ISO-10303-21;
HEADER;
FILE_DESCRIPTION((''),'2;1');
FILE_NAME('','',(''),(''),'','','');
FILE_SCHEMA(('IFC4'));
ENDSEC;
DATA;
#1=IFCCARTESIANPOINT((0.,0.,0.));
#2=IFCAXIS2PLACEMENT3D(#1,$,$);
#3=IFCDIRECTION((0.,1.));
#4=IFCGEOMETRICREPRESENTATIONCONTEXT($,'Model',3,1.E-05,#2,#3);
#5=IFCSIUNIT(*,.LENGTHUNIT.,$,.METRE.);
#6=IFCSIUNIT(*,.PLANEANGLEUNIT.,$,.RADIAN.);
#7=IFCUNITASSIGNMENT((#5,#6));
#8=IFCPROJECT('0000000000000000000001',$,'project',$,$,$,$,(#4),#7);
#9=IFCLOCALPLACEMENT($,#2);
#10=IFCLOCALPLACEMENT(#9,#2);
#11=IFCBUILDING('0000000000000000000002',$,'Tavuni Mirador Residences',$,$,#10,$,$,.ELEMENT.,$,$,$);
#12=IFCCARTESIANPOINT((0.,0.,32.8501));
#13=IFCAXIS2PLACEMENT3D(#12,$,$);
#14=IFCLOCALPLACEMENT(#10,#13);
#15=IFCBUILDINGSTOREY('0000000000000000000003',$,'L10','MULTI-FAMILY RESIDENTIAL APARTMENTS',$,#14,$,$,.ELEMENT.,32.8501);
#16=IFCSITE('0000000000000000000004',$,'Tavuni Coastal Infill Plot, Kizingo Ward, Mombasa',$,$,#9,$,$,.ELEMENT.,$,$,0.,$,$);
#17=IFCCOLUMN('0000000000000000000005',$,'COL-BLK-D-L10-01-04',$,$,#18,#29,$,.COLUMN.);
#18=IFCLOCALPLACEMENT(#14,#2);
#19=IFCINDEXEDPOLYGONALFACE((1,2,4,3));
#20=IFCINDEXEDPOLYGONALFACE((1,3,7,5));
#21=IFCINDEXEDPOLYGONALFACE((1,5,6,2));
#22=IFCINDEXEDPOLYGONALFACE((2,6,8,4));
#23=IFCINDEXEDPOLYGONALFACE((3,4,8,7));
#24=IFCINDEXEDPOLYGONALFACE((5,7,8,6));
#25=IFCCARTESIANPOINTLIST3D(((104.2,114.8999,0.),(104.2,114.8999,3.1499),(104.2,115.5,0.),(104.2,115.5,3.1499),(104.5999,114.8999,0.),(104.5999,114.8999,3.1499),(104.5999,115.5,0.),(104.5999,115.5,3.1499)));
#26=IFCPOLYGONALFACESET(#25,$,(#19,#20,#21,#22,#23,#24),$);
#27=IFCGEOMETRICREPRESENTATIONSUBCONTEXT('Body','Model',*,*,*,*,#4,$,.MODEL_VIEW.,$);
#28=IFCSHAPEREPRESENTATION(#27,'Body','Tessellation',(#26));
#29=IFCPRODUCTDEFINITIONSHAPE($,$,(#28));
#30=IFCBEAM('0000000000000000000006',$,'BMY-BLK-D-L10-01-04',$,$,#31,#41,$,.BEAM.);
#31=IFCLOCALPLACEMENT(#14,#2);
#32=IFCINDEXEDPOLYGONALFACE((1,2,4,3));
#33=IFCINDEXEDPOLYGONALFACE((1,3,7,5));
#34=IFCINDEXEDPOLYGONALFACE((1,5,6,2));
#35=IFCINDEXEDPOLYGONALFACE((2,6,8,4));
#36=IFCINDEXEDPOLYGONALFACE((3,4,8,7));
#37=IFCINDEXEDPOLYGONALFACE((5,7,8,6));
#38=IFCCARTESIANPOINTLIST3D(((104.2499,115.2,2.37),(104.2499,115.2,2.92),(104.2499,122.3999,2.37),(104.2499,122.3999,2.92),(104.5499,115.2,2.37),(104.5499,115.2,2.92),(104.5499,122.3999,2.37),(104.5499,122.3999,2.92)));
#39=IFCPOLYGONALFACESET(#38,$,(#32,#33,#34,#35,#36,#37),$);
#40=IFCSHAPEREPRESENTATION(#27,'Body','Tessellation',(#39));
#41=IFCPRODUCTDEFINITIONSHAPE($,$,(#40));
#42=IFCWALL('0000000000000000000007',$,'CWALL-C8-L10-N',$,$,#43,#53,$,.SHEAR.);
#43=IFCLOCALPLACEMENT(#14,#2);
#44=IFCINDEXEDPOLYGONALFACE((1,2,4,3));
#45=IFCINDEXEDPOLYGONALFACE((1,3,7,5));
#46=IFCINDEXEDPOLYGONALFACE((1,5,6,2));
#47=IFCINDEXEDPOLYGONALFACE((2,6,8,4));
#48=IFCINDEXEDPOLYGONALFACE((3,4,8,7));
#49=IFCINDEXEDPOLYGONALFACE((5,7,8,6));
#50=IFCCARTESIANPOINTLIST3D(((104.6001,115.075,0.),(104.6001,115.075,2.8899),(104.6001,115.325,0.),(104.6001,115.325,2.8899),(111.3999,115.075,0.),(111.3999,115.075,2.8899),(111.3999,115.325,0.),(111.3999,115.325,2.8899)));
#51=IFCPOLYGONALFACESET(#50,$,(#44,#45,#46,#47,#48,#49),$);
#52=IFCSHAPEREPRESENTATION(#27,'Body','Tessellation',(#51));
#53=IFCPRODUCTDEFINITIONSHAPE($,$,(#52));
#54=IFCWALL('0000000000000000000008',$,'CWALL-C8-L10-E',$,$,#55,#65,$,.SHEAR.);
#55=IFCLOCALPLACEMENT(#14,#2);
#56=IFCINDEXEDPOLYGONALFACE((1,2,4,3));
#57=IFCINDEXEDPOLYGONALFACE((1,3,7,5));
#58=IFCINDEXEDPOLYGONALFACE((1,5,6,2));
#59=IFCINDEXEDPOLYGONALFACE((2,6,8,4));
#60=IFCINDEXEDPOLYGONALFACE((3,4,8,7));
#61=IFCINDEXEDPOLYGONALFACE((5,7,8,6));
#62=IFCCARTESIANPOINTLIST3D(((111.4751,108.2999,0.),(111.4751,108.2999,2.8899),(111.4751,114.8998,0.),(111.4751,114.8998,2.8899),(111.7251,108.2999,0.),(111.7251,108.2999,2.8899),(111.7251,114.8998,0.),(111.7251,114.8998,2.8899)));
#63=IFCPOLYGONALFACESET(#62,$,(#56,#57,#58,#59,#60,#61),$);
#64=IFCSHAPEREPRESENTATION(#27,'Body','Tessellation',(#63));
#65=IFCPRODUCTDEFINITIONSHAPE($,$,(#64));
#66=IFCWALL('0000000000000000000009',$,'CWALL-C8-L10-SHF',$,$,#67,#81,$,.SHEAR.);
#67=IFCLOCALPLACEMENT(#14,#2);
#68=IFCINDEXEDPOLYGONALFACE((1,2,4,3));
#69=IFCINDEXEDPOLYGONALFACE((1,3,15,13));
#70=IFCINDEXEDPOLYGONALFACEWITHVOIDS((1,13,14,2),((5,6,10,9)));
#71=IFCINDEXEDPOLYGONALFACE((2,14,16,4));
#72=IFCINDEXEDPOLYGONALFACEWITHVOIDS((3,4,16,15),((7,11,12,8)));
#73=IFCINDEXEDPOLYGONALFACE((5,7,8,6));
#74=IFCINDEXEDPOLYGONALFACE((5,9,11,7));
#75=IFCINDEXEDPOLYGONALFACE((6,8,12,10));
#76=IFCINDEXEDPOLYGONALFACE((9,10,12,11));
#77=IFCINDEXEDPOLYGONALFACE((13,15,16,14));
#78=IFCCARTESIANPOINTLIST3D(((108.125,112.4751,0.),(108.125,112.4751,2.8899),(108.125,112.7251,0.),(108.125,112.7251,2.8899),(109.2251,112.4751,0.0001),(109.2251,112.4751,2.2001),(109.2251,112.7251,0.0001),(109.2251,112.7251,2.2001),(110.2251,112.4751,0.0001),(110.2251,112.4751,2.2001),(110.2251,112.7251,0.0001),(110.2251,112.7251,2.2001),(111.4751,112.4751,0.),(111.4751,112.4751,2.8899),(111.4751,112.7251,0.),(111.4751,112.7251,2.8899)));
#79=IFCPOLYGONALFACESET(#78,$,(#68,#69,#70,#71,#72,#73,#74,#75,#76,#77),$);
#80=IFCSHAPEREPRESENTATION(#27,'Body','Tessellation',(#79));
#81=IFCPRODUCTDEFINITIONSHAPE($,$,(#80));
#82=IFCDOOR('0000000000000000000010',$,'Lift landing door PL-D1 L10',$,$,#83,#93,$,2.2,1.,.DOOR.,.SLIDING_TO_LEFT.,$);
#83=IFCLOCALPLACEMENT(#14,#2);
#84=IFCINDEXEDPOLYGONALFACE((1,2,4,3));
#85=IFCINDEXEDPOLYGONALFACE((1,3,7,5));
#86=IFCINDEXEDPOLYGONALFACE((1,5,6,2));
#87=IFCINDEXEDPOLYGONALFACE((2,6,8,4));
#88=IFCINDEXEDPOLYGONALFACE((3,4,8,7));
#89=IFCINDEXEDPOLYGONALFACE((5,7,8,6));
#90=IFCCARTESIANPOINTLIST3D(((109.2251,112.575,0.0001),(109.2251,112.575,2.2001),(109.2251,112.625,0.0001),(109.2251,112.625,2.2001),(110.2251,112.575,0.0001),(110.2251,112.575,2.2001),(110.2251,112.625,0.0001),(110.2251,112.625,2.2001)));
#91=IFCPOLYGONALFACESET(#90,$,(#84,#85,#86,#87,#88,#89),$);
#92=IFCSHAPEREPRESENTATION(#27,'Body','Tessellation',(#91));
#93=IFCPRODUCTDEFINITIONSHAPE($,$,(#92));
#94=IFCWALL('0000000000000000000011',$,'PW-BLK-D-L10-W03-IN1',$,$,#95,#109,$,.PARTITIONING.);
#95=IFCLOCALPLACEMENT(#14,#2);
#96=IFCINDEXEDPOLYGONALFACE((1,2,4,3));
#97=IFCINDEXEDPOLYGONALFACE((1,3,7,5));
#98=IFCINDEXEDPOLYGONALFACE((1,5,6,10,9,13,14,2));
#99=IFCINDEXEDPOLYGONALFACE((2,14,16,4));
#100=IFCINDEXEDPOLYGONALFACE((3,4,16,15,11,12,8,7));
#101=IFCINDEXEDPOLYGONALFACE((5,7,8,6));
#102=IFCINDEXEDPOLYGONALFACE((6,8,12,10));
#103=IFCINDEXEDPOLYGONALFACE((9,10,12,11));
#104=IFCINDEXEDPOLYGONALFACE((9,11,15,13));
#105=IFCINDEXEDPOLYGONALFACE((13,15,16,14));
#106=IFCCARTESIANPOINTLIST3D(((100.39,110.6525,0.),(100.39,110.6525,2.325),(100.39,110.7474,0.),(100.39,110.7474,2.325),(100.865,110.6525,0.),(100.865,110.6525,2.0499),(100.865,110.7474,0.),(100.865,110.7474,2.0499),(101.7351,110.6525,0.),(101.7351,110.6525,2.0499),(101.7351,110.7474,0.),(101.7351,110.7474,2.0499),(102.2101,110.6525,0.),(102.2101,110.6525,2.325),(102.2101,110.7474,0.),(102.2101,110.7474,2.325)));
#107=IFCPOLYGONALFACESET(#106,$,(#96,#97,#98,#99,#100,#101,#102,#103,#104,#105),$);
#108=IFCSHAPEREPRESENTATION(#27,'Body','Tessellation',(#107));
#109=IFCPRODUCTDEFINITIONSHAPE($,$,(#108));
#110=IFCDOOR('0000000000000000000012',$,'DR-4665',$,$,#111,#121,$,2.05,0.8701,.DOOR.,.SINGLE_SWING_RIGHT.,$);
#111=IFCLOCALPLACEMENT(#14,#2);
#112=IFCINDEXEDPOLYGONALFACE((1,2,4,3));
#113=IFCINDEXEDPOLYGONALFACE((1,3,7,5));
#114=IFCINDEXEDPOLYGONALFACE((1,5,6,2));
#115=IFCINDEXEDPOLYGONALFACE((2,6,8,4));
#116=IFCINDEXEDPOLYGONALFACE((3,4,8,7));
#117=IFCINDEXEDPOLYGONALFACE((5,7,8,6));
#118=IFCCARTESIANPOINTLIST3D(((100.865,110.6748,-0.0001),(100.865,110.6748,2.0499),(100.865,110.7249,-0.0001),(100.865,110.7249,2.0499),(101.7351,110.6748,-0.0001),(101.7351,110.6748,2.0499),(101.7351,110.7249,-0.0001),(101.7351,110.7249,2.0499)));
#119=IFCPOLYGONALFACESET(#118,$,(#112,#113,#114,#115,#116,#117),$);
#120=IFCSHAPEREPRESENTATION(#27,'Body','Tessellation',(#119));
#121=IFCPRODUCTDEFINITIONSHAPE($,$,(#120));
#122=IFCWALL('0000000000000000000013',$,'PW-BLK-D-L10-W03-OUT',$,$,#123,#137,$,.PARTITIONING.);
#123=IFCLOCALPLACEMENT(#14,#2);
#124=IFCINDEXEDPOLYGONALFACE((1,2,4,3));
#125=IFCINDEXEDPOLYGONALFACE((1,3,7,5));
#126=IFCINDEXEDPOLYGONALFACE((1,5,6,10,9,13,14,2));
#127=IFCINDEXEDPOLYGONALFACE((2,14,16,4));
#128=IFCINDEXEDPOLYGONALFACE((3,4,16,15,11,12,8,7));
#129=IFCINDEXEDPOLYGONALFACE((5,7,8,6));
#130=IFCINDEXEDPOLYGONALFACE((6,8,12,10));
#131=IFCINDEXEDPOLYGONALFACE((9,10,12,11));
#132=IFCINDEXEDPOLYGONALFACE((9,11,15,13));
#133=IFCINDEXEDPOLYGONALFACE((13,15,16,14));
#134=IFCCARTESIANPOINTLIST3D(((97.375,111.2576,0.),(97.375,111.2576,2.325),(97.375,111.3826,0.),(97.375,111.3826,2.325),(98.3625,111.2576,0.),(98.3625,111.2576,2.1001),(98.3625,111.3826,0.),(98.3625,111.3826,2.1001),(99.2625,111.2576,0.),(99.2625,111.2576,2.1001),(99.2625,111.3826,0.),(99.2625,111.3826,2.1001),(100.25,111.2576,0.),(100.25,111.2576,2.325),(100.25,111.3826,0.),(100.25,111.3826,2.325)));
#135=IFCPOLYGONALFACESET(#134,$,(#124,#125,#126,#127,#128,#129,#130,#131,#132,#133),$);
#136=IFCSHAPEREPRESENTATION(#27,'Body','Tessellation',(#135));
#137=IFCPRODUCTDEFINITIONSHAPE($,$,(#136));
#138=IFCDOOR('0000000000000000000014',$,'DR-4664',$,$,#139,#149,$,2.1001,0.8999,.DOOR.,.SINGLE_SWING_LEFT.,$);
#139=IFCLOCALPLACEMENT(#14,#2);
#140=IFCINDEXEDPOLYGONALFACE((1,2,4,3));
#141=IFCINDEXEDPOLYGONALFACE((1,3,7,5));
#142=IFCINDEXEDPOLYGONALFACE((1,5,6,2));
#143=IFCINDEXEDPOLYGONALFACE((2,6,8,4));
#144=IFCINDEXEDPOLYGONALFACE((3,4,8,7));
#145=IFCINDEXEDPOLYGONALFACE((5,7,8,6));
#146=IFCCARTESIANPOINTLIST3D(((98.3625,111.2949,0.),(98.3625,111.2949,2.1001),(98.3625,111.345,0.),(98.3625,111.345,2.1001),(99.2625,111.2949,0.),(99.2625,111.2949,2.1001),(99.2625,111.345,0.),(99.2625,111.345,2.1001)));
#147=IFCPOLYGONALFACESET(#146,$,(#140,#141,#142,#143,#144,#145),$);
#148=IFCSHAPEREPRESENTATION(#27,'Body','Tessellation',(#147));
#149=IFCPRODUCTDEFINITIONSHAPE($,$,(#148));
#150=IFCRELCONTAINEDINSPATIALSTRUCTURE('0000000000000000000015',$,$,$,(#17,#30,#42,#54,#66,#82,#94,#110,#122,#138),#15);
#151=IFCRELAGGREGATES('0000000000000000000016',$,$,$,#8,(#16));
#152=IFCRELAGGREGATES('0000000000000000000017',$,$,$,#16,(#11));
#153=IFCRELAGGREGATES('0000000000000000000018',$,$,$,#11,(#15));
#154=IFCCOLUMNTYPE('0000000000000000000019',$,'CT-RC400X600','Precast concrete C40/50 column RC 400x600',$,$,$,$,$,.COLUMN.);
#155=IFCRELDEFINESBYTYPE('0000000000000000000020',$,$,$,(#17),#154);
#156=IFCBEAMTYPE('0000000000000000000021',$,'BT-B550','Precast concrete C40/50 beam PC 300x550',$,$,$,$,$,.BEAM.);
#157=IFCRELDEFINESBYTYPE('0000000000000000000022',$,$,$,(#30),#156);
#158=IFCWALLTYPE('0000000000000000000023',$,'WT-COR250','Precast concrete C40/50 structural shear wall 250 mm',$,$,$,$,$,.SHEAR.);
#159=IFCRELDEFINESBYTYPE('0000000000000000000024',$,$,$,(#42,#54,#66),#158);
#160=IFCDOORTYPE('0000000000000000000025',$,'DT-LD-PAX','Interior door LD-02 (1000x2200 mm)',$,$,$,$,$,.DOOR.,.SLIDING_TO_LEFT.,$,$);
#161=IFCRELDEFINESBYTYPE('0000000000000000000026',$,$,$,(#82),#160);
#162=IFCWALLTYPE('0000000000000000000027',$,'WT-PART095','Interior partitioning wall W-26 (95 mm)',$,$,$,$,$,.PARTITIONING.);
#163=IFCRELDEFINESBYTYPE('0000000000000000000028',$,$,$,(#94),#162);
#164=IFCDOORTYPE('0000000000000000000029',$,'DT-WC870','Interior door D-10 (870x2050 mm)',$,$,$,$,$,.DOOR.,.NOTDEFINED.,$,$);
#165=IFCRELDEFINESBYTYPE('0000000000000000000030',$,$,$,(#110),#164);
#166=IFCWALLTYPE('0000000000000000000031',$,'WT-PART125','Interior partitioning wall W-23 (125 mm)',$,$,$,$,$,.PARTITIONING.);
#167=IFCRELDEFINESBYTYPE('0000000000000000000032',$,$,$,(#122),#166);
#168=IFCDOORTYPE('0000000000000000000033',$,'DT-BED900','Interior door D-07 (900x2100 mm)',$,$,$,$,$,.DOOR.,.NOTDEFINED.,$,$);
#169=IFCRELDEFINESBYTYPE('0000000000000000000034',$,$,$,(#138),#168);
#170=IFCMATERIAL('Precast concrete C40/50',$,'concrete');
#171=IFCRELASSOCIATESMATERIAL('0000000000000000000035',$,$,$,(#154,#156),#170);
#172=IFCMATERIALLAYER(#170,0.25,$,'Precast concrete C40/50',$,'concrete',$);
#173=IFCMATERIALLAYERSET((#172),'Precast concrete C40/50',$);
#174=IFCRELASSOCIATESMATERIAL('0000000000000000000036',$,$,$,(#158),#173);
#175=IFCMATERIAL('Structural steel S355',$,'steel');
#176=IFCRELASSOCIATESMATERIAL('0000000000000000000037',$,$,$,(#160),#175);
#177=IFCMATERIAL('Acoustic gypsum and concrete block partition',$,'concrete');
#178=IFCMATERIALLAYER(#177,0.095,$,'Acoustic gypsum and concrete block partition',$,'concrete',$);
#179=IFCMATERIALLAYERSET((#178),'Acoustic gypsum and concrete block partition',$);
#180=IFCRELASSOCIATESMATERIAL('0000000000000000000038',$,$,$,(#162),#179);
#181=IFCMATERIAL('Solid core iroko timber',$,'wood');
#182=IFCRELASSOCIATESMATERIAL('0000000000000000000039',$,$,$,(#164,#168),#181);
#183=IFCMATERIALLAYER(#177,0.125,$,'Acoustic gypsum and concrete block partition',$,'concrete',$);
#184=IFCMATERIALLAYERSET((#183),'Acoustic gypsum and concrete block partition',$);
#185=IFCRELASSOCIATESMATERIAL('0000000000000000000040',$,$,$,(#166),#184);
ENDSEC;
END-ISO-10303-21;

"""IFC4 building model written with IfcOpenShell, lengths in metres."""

from ifc_helpers import new_model, si_unit, direction, frame, frame_2d, origin, origin_2d, place, context, subcontext, project, spatial, rectangle, extrude, material, layer, layer_set, material_profile, profile_set, type_object, element, fill, save


model = new_model("IFC4")

# Units and contexts
model_context = context("Model", 3, precision=1e-05, world=origin(), true_north=direction((0.0, 1.0)))
body_context = subcontext(model_context, "Body", "Model", "MODEL_VIEW")
ifc_project = project(units=[si_unit("LENGTHUNIT", "METRE"), si_unit("PLANEANGLEUNIT", "RADIAN")], contexts=[model_context])

# Site, building, storey
site_placement = place(None, origin())
site = spatial("IfcSite", under=ifc_project, at=site_placement, Name="Tavuni Coastal Infill Plot, Kizingo Ward, Mombasa", CompositionType="ELEMENT", RefElevation=0.0)
building_placement = place(site_placement, origin())
building = spatial("IfcBuilding", under=site, at=building_placement, Name="Tavuni Mirador Residences", CompositionType="ELEMENT")
storey_placement = place(building_placement, frame((0.0, 0.0, 32.8501)))
storey = spatial("IfcBuildingStorey", under=building, at=storey_placement, Name="L10", Description="MULTI-FAMILY RESIDENTIAL APARTMENTS", CompositionType="ELEMENT", Elevation=32.8501)

# Column
ifc_material_1 = material(Name="Precast concrete C40/50", Category="concrete")
ifc_material_profile_1 = material_profile(ifc_material_1, rectangle(XDim=0.3999, YDim=0.6001, at=origin_2d()), Name="RC 400x600", Category="concrete")
ifc_profile_set_1 = profile_set([ifc_material_profile_1], Name="Precast concrete C40/50")
column_type = type_object("IfcColumnType", Name="CT-RC400X600", Description="Precast concrete C40/50 column RC 400x600", PredefinedType="COLUMN", material=ifc_profile_set_1)
column_placement = place(storey_placement, frame((104.3999, 115.2, 0.0), z_axis=(0.0, 0.0, 1.0), x_axis=(1.0, 0.0, 0.0)))
element("IfcColumn", 1, at=column_placement, inside=storey, type_object=column_type, Name="COL-BLK-D-L10-01-04", PredefinedType="COLUMN", context=body_context, shape_type="SweptSolid", body=[
    extrude(rectangle(XDim=0.3999, YDim=0.6001, at=origin_2d()), origin(), (0.0, 0.0, 1.0), 3.1499),
])

# Beam
ifc_material_profile_2 = material_profile(ifc_material_1, rectangle(XDim=0.3, YDim=0.55, at=origin_2d()), Name="PC 300x550", Category="concrete")
ifc_profile_set_2 = profile_set([ifc_material_profile_2], Name="Precast concrete C40/50")
beam_type = type_object("IfcBeamType", Name="BT-B550", Description="Precast concrete C40/50 beam PC 300x550", PredefinedType="BEAM", material=ifc_profile_set_2)
beam_placement = place(storey_placement, frame((104.3999, 115.2, 2.645), z_axis=(0.0, 1.0, 0.0), x_axis=(-1.0, 0.0, 0.0)))
element("IfcBeam", 2, at=beam_placement, inside=storey, type_object=beam_type, Name="BMY-BLK-D-L10-01-04", PredefinedType="BEAM", context=body_context, shape_type="SweptSolid", body=[
    extrude(rectangle(XDim=0.3, YDim=0.55, at=origin_2d()), origin(), (0.0, 0.0, 1.0), 7.2),
])

# Shared definitions
ifc_layer_1 = layer(ifc_material_1, 0.25, Name="Precast concrete C40/50", Category="concrete")
ifc_layer_set_1 = layer_set([ifc_layer_1], Name="Precast concrete C40/50")
wall_type_1 = type_object("IfcWallType", Name="WT-COR250", Description="Precast concrete C40/50 structural shear wall 250 mm", PredefinedType="SHEAR", material=ifc_layer_set_1)
ifc_material_2 = material(Name="Solid core iroko timber", Category="wood")

# Walls
wall_1_placement = place(storey_placement, frame((104.6001, 115.2, 0.0), z_axis=(0.0, 0.0, 1.0), x_axis=(1.0, 0.0, 0.0)))
element("IfcWall", 3, at=wall_1_placement, inside=storey, type_object=wall_type_1, Name="CWALL-C8-L10-N", PredefinedType="SHEAR", context=body_context, shape_type="SweptSolid", body=[
    extrude(rectangle(XDim=6.7998, YDim=0.25, at=frame_2d((3.3999, 0.0))), origin(), (0.0, 0.0, 1.0), 2.8899),
])
wall_2_placement = place(storey_placement, frame((111.6001, 108.3, 0.0), z_axis=(0.0, 0.0, 1.0), x_axis=(0.0, 1.0, 0.0)))
element("IfcWall", 4, at=wall_2_placement, inside=storey, type_object=wall_type_1, Name="CWALL-C8-L10-E", PredefinedType="SHEAR", context=body_context, shape_type="SweptSolid", body=[
    extrude(rectangle(XDim=6.5999, YDim=0.25, at=frame_2d((3.2998, 0.0))), origin(), (0.0, 0.0, 1.0), 2.8899),
])

# Walls, openings, doors
wall_3_placement = place(storey_placement, frame((108.125, 112.6001, 0.0), z_axis=(0.0, 0.0, 1.0), x_axis=(1.0, 0.0, 0.0)))
wall_3 = element("IfcWall", 5, at=wall_3_placement, inside=storey, type_object=wall_type_1, Name="CWALL-C8-L10-SHF", PredefinedType="SHEAR", context=body_context, shape_type="SweptSolid", body=[
    extrude(rectangle(XDim=3.3501, YDim=0.25, at=frame_2d((1.675, 0.0))), origin(), (0.0, 0.0, 1.0), 2.8899),
])
opening_1_placement = place(wall_3_placement, frame((1.1001, 0.0, 0.0)))
opening_1 = element("IfcOpeningElement", 6, at=opening_1_placement, cuts=wall_3, PredefinedType="OPENING", context=body_context, shape_type="SweptSolid", body=[
    extrude(rectangle(XDim=1.0, YDim=2.2, at=frame_2d((0.5, 1.1001))), frame((0.0, 0.135, 0.0), z_axis=(0.0, -1.0, 0.0), x_axis=(1.0, 0.0, 0.0)), (0.0, 0.0, 1.0), 0.27),
])
ifc_material_3 = material(Name="Structural steel S355", Category="steel")
door_type_1 = type_object("IfcDoorType", Name="DT-LD-PAX", Description="Interior door LD-02 (1000x2200 mm)", OperationType="SLIDING_TO_LEFT", PredefinedType="DOOR", material=ifc_material_3)
door_1_placement = place(opening_1_placement, origin())
door_1 = element("IfcDoor", 7, at=door_1_placement, inside=storey, type_object=door_type_1, Name="Lift landing door PL-D1 L10", OperationType="SLIDING_TO_LEFT", OverallHeight=2.2, OverallWidth=1.0, PredefinedType="DOOR", context=body_context, shape_type="SweptSolid", body=[
    extrude(rectangle(XDim=1.0, YDim=2.2, at=frame_2d((0.5, 1.1001))), frame((0.0, 0.0249, 0.0), z_axis=(0.0, -1.0, 0.0), x_axis=(1.0, 0.0, 0.0)), (0.0, 0.0, 1.0), 0.05),
])
fill(opening_1, door_1)
ifc_material_4 = material(Name="Acoustic gypsum and concrete block partition", Category="concrete")
ifc_layer_2 = layer(ifc_material_4, 0.095, Name="Acoustic gypsum and concrete block partition", Category="concrete")
ifc_layer_set_2 = layer_set([ifc_layer_2], Name="Acoustic gypsum and concrete block partition")
wall_type_2 = type_object("IfcWallType", Name="WT-PART095", Description="Interior partitioning wall W-26 (95 mm)", PredefinedType="PARTITIONING", material=ifc_layer_set_2)
wall_4_placement = place(storey_placement, frame((100.3899, 110.7, 0.0), z_axis=(0.0, 0.0, 1.0), x_axis=(1.0, 0.0, 0.0)))
wall_4 = element("IfcWall", 8, at=wall_4_placement, inside=storey, type_object=wall_type_2, Name="PW-BLK-D-L10-W03-IN1", PredefinedType="PARTITIONING", context=body_context, shape_type="SweptSolid", body=[
    extrude(rectangle(XDim=1.8201, YDim=0.095, at=frame_2d((0.9102, 0.0))), origin(), (0.0, 0.0, 1.0), 2.325),
])
opening_2_placement = place(wall_4_placement, frame((0.4751, 0.0, 0.0)))
opening_2 = element("IfcOpeningElement", 9, at=opening_2_placement, cuts=wall_4, PredefinedType="OPENING", context=body_context, shape_type="SweptSolid", body=[
    extrude(rectangle(XDim=0.8701, YDim=2.05, at=frame_2d((0.4351, 1.0249))), frame((0.0, 0.0576, 0.0), z_axis=(0.0, -1.0, 0.0), x_axis=(1.0, 0.0, 0.0)), (0.0, 0.0, 1.0), 0.115),
])
door_type_2 = type_object("IfcDoorType", Name="DT-WC870", Description="Interior door D-10 (870x2050 mm)", OperationType="NOTDEFINED", PredefinedType="DOOR", material=ifc_material_2)
door_2_placement = place(opening_2_placement, origin())
door_2 = element("IfcDoor", 10, at=door_2_placement, inside=storey, type_object=door_type_2, Name="DR-4665", OperationType="SINGLE_SWING_RIGHT", OverallHeight=2.05, OverallWidth=0.8701, PredefinedType="DOOR", context=body_context, shape_type="SweptSolid", body=[
    extrude(rectangle(XDim=0.8701, YDim=2.05, at=frame_2d((0.4351, 1.0249))), frame((0.0, 0.0249, 0.0), z_axis=(0.0, -1.0, 0.0), x_axis=(1.0, 0.0, 0.0)), (0.0, 0.0, 1.0), 0.05),
])
fill(opening_2, door_2)
ifc_layer_3 = layer(ifc_material_4, 0.125, Name="Acoustic gypsum and concrete block partition", Category="concrete")
ifc_layer_set_3 = layer_set([ifc_layer_3], Name="Acoustic gypsum and concrete block partition")
wall_type_3 = type_object("IfcWallType", Name="WT-PART125", Description="Interior partitioning wall W-23 (125 mm)", PredefinedType="PARTITIONING", material=ifc_layer_set_3)
wall_5_placement = place(storey_placement, frame((97.375, 111.3201, 0.0), z_axis=(0.0, 0.0, 1.0), x_axis=(1.0, 0.0, 0.0)))
wall_5 = element("IfcWall", 11, at=wall_5_placement, inside=storey, type_object=wall_type_3, Name="PW-BLK-D-L10-W03-OUT", PredefinedType="PARTITIONING", context=body_context, shape_type="SweptSolid", body=[
    extrude(rectangle(XDim=2.875, YDim=0.125, at=frame_2d((1.4375, 0.0))), origin(), (0.0, 0.0, 1.0), 2.325),
])
opening_3_placement = place(wall_5_placement, frame((0.9875, 0.0, 0.0)))
opening_3 = element("IfcOpeningElement", 12, at=opening_3_placement, cuts=wall_5, PredefinedType="OPENING", context=body_context, shape_type="SweptSolid", body=[
    extrude(rectangle(XDim=0.8999, YDim=2.1001, at=frame_2d((0.45, 1.05))), frame((0.0, 0.0725, 0.0), z_axis=(0.0, -1.0, 0.0), x_axis=(1.0, 0.0, 0.0)), (0.0, 0.0, 1.0), 0.145),
])
door_type_3 = type_object("IfcDoorType", Name="DT-BED900", Description="Interior door D-07 (900x2100 mm)", OperationType="NOTDEFINED", PredefinedType="DOOR", material=ifc_material_2)
door_3_placement = place(opening_3_placement, origin())
door_3 = element("IfcDoor", 13, at=door_3_placement, inside=storey, type_object=door_type_3, Name="DR-4664", OperationType="SINGLE_SWING_LEFT", OverallHeight=2.1001, OverallWidth=0.8999, PredefinedType="DOOR", context=body_context, shape_type="SweptSolid", body=[
    extrude(rectangle(XDim=0.8999, YDim=2.1001, at=frame_2d((0.45, 1.05))), frame((0.0, 0.0249, 0.0), z_axis=(0.0, -1.0, 0.0), x_axis=(1.0, 0.0, 0.0)), (0.0, 0.0, 1.0), 0.05),
])
fill(opening_3, door_3)

save(model, "model.ifc")
